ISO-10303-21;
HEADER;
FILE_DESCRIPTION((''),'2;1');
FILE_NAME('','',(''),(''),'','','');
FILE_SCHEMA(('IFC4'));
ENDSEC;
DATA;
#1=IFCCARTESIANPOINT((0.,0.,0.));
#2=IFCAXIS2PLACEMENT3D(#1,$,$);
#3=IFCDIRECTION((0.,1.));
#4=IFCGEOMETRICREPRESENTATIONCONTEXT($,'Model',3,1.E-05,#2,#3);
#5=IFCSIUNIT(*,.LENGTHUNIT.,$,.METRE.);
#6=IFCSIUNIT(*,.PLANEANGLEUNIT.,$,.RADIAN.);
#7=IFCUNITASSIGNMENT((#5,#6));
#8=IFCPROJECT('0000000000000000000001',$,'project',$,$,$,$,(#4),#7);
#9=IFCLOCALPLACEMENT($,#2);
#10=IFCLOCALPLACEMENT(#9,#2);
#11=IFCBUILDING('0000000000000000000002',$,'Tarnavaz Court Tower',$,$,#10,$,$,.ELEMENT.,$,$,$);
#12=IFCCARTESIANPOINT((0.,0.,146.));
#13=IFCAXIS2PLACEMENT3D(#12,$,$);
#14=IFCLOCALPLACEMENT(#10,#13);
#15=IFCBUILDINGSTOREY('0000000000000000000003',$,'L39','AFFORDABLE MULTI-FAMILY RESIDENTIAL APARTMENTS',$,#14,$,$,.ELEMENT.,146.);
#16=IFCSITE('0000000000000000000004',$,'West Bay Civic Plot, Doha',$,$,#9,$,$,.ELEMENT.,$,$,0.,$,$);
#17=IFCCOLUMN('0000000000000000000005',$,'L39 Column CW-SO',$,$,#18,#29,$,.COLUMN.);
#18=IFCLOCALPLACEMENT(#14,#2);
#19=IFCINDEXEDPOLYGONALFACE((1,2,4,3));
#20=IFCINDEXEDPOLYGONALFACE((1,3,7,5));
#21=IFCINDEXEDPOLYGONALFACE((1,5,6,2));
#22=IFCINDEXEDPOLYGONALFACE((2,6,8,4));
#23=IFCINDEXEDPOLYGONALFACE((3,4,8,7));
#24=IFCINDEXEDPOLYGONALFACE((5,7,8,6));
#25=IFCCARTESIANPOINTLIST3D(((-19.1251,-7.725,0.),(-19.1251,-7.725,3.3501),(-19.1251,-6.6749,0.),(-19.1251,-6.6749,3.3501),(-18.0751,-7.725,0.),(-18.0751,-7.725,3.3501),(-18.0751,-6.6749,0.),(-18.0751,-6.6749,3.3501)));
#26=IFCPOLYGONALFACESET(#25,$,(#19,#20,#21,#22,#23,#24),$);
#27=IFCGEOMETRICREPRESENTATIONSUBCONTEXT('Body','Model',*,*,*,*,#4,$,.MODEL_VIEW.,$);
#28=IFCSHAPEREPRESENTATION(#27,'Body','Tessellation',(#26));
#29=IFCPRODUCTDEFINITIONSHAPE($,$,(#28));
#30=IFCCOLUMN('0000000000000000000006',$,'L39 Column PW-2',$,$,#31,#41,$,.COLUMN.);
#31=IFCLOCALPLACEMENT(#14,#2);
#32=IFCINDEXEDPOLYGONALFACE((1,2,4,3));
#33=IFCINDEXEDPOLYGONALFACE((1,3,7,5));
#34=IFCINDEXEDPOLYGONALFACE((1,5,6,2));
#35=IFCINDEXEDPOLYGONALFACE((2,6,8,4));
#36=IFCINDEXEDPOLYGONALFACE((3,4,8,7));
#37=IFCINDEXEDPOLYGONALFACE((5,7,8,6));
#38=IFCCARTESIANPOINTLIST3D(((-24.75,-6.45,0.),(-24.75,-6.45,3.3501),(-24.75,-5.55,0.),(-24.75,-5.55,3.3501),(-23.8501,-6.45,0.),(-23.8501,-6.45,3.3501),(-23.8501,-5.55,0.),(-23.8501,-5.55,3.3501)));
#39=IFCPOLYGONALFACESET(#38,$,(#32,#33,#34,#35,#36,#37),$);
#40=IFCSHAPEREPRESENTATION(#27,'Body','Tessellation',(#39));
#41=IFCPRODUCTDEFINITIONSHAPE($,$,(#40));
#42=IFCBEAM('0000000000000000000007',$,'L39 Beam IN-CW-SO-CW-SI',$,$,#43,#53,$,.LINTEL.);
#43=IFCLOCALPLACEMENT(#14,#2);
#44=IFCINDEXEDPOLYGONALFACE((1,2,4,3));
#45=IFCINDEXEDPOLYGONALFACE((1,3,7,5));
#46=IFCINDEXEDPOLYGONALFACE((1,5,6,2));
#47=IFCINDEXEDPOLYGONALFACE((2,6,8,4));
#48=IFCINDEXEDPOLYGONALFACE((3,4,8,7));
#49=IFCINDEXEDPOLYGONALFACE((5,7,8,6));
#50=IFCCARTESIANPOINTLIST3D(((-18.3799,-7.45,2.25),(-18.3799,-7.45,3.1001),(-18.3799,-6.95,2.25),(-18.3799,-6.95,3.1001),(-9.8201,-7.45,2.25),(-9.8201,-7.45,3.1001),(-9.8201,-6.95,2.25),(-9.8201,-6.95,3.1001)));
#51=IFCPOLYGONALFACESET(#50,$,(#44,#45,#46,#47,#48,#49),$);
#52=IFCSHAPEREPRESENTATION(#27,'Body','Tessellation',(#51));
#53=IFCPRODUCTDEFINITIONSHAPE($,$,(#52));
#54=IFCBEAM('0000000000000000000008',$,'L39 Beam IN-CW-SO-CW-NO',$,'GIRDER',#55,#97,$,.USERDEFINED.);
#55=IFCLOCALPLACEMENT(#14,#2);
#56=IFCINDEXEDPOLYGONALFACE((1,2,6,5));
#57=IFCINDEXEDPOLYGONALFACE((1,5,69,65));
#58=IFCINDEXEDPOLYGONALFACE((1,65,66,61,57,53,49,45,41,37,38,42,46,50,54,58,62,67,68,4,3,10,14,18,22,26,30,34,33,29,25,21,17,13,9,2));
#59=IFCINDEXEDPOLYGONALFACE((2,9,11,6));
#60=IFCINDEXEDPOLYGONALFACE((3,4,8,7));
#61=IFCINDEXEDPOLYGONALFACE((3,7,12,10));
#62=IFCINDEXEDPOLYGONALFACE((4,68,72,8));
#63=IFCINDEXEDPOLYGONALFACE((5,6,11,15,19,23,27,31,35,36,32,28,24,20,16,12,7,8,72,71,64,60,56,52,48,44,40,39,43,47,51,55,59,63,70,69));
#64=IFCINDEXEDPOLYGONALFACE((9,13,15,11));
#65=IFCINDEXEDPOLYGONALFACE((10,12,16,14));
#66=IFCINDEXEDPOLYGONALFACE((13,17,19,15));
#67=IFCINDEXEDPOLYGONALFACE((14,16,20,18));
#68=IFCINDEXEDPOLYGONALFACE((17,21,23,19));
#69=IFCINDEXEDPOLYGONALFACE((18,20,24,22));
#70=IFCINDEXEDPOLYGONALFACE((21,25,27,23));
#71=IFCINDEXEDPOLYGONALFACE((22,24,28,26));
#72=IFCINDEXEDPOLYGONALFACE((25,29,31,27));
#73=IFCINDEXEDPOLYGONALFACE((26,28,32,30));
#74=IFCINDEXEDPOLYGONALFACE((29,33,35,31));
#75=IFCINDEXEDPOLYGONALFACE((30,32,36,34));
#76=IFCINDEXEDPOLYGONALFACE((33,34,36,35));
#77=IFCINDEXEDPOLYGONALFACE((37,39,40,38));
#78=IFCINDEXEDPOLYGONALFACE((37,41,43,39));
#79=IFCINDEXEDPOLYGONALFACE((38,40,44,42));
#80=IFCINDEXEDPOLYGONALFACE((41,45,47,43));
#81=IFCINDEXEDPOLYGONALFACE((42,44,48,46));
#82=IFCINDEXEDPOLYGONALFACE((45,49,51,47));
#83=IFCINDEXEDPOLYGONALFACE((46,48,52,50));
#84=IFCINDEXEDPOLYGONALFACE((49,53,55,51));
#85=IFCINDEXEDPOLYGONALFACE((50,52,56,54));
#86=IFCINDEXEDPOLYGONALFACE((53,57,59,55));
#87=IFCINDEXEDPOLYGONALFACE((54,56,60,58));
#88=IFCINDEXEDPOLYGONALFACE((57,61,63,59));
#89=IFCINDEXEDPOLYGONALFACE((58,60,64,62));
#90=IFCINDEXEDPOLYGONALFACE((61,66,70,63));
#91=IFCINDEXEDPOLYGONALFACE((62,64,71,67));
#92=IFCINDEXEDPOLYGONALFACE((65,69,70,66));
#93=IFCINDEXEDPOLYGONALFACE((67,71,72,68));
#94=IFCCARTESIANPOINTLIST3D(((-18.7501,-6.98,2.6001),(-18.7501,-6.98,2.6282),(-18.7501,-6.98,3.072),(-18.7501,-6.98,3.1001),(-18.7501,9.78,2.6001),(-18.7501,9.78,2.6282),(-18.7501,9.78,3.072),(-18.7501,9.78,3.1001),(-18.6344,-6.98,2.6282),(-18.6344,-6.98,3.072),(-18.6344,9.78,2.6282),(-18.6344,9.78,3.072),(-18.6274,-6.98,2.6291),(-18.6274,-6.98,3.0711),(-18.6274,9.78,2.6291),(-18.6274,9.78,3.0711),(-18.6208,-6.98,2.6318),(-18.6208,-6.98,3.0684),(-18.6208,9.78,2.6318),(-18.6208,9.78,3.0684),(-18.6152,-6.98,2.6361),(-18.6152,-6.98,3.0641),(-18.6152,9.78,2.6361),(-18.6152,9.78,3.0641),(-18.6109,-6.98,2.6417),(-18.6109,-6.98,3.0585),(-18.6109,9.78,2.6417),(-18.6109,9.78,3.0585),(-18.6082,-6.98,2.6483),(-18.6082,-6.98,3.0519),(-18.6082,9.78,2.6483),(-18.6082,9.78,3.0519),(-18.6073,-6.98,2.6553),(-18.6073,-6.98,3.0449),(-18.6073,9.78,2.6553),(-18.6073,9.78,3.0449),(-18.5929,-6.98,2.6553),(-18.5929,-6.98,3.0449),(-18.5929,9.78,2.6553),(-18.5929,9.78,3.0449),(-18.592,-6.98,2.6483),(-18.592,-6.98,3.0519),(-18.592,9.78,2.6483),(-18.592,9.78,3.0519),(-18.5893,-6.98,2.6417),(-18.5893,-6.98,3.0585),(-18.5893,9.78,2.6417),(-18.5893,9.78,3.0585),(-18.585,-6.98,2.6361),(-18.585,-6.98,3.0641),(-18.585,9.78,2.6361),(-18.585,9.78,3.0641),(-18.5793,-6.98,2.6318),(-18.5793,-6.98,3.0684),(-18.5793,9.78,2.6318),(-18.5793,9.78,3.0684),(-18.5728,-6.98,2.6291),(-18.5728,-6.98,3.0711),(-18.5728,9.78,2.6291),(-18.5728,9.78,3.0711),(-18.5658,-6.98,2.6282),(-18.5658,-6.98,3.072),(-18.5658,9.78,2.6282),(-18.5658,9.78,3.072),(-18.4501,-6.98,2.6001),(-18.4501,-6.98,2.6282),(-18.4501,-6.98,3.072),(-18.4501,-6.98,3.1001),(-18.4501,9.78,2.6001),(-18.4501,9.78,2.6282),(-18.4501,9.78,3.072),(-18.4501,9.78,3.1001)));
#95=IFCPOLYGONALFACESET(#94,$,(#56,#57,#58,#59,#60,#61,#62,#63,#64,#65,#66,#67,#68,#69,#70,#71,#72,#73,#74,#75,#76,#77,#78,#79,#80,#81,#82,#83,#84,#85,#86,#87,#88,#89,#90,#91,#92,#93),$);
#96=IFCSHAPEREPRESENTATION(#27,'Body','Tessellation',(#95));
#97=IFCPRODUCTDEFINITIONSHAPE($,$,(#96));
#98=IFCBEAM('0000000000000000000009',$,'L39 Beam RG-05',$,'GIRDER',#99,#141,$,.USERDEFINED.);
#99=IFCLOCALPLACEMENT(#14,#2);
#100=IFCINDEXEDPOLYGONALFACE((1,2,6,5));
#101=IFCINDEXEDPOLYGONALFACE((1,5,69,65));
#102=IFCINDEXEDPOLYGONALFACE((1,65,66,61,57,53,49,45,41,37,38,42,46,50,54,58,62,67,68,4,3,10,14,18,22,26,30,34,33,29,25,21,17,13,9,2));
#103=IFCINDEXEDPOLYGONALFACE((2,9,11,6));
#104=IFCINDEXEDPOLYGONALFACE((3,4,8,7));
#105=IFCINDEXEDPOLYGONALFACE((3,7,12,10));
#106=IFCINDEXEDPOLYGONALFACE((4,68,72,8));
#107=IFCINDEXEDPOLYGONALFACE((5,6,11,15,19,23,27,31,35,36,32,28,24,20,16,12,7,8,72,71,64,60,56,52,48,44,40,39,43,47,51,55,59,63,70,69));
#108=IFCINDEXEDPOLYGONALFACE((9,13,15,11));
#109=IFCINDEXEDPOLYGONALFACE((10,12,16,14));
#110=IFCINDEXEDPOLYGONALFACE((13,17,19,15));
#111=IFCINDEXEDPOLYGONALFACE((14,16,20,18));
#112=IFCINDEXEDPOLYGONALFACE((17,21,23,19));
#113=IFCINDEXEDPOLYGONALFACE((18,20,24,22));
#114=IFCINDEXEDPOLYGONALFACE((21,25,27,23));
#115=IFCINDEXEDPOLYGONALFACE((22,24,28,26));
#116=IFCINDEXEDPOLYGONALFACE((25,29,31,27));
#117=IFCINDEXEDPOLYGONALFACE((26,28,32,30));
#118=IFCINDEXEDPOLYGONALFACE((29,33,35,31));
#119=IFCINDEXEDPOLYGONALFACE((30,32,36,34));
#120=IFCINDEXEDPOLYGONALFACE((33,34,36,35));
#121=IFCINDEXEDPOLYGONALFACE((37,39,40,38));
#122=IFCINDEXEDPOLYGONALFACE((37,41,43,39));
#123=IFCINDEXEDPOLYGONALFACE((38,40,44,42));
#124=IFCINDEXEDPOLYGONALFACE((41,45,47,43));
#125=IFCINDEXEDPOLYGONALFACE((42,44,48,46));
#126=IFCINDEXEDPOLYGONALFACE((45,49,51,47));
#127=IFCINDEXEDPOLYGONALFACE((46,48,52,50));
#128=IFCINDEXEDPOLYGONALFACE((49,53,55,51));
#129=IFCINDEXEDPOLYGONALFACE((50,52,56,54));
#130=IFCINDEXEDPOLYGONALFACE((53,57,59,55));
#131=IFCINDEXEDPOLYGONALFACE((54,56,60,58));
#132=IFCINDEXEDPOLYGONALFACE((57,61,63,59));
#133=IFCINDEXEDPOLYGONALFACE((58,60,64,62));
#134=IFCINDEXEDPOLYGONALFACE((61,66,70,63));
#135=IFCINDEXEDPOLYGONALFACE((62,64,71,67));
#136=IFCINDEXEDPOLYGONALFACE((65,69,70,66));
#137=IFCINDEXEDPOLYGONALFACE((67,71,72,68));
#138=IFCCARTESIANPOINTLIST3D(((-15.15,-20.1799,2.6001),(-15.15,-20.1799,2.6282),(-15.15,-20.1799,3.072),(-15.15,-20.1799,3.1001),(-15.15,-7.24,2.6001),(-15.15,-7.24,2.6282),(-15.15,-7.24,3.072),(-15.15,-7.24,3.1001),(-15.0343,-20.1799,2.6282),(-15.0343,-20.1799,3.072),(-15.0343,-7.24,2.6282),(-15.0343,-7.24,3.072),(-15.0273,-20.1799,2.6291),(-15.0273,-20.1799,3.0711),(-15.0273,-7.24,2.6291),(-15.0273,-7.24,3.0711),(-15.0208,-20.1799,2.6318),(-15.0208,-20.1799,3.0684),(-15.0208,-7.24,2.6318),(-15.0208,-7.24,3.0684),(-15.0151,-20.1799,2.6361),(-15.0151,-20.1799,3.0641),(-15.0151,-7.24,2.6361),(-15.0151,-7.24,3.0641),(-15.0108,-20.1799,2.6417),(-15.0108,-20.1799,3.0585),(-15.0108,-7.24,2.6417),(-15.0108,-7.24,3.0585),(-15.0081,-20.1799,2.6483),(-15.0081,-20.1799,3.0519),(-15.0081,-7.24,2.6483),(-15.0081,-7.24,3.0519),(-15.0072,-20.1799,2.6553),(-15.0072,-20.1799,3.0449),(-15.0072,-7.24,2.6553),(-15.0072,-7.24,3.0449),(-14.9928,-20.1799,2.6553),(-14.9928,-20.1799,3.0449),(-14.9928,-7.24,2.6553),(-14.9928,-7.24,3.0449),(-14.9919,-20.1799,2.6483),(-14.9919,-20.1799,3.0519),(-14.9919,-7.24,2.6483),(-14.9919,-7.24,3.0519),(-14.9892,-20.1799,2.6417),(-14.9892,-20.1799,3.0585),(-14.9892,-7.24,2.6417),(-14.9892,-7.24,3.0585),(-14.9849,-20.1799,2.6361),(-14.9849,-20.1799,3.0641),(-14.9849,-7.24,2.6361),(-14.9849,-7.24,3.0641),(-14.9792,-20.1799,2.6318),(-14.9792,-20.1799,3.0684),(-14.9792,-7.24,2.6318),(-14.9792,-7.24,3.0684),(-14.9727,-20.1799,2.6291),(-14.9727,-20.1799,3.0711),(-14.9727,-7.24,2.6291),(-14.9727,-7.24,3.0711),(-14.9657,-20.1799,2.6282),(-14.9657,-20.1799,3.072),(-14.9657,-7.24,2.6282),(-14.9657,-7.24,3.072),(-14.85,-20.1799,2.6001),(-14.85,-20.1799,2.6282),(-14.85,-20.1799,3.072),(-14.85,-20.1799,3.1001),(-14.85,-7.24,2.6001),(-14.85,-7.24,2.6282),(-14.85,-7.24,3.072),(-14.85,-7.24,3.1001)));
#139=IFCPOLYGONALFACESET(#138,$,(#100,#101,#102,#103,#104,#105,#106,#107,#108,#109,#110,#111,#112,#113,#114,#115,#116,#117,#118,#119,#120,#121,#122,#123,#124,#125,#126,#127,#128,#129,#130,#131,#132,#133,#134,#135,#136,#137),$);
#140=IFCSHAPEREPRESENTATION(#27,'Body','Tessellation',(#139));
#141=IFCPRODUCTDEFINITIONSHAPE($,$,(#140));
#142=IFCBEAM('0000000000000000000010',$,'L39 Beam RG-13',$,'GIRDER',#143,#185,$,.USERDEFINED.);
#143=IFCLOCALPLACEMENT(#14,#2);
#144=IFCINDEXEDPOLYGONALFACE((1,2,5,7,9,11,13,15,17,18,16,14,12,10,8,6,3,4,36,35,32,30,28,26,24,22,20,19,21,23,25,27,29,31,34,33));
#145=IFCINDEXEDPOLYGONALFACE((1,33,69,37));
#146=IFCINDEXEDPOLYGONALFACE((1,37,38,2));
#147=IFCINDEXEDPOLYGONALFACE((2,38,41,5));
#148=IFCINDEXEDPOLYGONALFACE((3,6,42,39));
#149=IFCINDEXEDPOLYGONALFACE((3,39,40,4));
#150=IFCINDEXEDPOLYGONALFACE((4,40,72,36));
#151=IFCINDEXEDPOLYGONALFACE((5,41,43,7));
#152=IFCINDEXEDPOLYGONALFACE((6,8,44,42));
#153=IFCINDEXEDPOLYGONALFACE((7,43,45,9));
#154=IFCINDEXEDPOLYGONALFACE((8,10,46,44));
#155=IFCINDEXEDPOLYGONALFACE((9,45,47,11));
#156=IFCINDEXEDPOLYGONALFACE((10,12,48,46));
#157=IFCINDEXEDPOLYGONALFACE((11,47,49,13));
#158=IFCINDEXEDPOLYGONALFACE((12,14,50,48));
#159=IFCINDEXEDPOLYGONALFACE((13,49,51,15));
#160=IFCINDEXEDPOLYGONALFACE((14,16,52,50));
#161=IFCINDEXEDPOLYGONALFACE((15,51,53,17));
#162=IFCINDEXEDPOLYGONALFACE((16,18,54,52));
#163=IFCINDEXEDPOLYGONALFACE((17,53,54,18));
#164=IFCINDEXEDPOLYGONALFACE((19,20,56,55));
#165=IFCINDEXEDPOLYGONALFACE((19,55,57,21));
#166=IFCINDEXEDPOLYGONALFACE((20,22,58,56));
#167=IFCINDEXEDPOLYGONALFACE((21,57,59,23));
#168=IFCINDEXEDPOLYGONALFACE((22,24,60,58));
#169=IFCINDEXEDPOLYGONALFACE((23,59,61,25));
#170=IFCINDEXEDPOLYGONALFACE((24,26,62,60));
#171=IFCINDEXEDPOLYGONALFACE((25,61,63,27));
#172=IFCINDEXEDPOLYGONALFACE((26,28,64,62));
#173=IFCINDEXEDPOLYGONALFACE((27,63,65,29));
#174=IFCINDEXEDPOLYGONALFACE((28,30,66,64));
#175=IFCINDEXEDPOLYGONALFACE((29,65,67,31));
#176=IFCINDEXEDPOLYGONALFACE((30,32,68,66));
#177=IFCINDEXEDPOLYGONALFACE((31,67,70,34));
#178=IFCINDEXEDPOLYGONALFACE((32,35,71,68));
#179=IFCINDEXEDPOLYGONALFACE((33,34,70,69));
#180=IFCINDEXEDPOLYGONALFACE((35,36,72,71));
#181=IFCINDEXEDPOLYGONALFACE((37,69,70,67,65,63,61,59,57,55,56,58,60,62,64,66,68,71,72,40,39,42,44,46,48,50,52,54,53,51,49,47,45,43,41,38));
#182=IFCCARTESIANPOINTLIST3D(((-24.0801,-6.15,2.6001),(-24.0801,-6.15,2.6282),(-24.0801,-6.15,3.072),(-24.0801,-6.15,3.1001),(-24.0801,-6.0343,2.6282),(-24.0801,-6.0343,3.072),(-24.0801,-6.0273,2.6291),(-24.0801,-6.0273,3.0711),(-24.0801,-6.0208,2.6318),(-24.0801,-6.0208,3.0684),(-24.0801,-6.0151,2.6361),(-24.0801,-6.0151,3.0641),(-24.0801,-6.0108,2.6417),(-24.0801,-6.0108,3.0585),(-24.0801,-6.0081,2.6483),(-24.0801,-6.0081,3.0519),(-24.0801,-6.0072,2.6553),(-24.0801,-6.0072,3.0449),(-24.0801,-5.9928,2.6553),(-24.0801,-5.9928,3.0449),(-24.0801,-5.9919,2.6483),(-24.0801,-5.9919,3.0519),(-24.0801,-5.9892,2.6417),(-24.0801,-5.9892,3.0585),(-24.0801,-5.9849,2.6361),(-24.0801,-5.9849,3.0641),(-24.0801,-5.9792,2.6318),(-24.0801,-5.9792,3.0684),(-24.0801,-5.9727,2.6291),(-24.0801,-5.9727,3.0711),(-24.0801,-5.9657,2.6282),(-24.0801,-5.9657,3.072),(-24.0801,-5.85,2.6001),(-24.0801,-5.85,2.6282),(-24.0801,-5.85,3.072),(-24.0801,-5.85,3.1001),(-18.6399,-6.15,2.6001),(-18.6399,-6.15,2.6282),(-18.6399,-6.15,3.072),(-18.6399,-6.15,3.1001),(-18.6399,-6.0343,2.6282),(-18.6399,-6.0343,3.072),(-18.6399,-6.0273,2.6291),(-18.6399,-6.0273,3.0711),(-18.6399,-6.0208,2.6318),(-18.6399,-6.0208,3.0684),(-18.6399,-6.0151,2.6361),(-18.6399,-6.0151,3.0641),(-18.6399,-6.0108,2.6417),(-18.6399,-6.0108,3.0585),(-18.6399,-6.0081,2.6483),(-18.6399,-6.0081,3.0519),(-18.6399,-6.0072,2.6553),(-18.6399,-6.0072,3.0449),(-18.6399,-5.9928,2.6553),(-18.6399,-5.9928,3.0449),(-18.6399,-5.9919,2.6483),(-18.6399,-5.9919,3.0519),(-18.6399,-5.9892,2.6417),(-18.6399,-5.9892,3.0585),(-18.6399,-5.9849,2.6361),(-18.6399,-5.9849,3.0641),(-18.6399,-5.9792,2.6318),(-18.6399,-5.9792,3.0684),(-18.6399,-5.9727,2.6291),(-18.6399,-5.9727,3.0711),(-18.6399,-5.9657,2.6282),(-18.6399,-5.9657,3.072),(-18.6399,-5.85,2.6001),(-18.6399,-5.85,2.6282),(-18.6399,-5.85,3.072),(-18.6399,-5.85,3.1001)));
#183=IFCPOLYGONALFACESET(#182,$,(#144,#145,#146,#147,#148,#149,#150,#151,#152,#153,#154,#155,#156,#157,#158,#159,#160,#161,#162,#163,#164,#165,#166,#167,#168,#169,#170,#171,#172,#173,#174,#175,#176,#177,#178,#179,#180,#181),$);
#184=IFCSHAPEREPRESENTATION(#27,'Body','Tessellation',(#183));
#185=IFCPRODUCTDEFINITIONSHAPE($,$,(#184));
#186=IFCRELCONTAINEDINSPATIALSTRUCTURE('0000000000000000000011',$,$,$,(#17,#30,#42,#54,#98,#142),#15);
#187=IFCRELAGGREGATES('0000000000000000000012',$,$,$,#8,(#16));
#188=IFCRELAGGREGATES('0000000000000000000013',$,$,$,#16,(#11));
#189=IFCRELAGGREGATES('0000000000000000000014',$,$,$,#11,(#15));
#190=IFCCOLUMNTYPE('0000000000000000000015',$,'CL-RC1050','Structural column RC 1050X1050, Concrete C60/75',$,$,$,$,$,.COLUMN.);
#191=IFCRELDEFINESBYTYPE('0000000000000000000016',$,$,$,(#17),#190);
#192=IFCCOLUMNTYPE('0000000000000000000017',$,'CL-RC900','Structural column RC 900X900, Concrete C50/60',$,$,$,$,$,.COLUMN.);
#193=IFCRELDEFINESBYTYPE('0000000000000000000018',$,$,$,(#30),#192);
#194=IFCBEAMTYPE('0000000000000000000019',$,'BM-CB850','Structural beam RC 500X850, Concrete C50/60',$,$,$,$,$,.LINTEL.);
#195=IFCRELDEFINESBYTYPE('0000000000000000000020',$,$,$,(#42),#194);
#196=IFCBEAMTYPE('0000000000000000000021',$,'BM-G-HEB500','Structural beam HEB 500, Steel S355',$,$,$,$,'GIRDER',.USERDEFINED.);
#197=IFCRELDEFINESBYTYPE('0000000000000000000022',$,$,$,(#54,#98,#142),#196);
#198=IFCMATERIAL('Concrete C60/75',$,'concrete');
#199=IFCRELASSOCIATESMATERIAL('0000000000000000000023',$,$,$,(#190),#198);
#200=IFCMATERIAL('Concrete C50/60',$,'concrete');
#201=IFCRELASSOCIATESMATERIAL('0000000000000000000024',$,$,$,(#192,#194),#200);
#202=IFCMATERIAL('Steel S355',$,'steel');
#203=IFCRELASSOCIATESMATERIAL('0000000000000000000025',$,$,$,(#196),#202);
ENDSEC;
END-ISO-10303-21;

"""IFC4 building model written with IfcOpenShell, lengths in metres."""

from ifc_helpers import new_model, si_unit, direction, frame, origin, origin_2d, place, context, subcontext, project, spatial, rectangle, i_section, extrude, material, material_profile, profile_set, type_object, element, save


model = new_model("IFC4")

# Units and contexts
model_context = context("Model", 3, precision=1e-05, world=origin(), true_north=direction((0.0, 1.0)))
body_context = subcontext(model_context, "Body", "Model", "MODEL_VIEW")
ifc_project = project(units=[si_unit("LENGTHUNIT", "METRE"), si_unit("PLANEANGLEUNIT", "RADIAN")], contexts=[model_context])

# Site, building, storey
site_placement = place(None, origin())
site = spatial("IfcSite", under=ifc_project, at=site_placement, Name="West Bay Civic Plot, Doha", CompositionType="ELEMENT", RefElevation=0.0)
building_placement = place(site_placement, origin())
building = spatial("IfcBuilding", under=site, at=building_placement, Name="Tarnavaz Court Tower", CompositionType="ELEMENT")
storey_placement = place(building_placement, frame((0.0, 0.0, 146.0)))
storey = spatial("IfcBuildingStorey", under=building, at=storey_placement, Name="L39", Description="AFFORDABLE MULTI-FAMILY RESIDENTIAL APARTMENTS", CompositionType="ELEMENT", Elevation=146.0)

# Columns
ifc_material_1 = material(Name="Concrete C60/75", Category="concrete")
ifc_material_profile_1 = material_profile(ifc_material_1, rectangle(XDim=1.05, YDim=1.05, at=origin_2d()), Name="RC 1050X1050")
ifc_profile_set_1 = profile_set([ifc_material_profile_1], Name="Concrete C60/75")
column_type_1 = type_object("IfcColumnType", Name="CL-RC1050", Description="Structural column RC 1050X1050, Concrete C60/75", PredefinedType="COLUMN", material=ifc_profile_set_1)
column_1_placement = place(storey_placement, frame((-18.6001, -7.2, 0.0), z_axis=(0.0, 0.0, 1.0), x_axis=(1.0, 0.0, 0.0)))
element("IfcColumn", 1, at=column_1_placement, inside=storey, type_object=column_type_1, Name="L39 Column CW-SO", PredefinedType="COLUMN", context=body_context, shape_type="SweptSolid", body=[
    extrude(rectangle(XDim=1.05, YDim=1.05, at=origin_2d()), origin(), (0.0, 0.0, 1.0), 3.3501),
])
ifc_material_2 = material(Name="Concrete C50/60", Category="concrete")
ifc_material_profile_2 = material_profile(ifc_material_2, rectangle(XDim=0.8999, YDim=0.8999, at=origin_2d()), Name="RC 900X900")
ifc_profile_set_2 = profile_set([ifc_material_profile_2], Name="Concrete C50/60")
column_type_2 = type_object("IfcColumnType", Name="CL-RC900", Description="Structural column RC 900X900, Concrete C50/60", PredefinedType="COLUMN", material=ifc_profile_set_2)
column_2_placement = place(storey_placement, frame((-24.3, -6.0, 0.0), z_axis=(0.0, 0.0, 1.0), x_axis=(1.0, 0.0, 0.0)))
element("IfcColumn", 2, at=column_2_placement, inside=storey, type_object=column_type_2, Name="L39 Column PW-2", PredefinedType="COLUMN", context=body_context, shape_type="SweptSolid", body=[
    extrude(rectangle(XDim=0.8999, YDim=0.8999, at=origin_2d()), origin(), (0.0, 0.0, 1.0), 3.3501),
])

# Beams
ifc_material_profile_3 = material_profile(ifc_material_2, rectangle(XDim=0.5, YDim=0.8501, at=origin_2d()), Name="RC 500X850")
ifc_profile_set_3 = profile_set([ifc_material_profile_3], Name="Concrete C50/60")
beam_type_1 = type_object("IfcBeamType", Name="BM-CB850", Description="Structural beam RC 500X850, Concrete C50/60", PredefinedType="LINTEL", material=ifc_profile_set_3)
beam_1_placement = place(storey_placement, frame((-18.3799, -7.2, 2.675), z_axis=(1.0, 0.0, 0.0), x_axis=(0.0, 1.0, 0.0)))
element("IfcBeam", 3, at=beam_1_placement, inside=storey, type_object=beam_type_1, Name="L39 Beam IN-CW-SO-CW-SI", PredefinedType="LINTEL", context=body_context, shape_type="SweptSolid", body=[
    extrude(rectangle(XDim=0.5, YDim=0.8501, at=origin_2d()), origin(), (0.0, 0.0, 1.0), 8.5598),
])
ifc_material_3 = material(Name="Steel S355", Category="steel")
ifc_material_profile_4 = material_profile(ifc_material_3, i_section(OverallWidth=0.3, OverallDepth=0.5, WebThickness=0.0144, FlangeThickness=0.0281, FilletRadius=0.0271, at=origin_2d()), Name="HEB 500")
ifc_profile_set_4 = profile_set([ifc_material_profile_4], Name="Steel S355")
beam_type_2 = type_object("IfcBeamType", Name="BM-G-HEB500", Description="Structural beam HEB 500, Steel S355", ElementType="GIRDER", PredefinedType="USERDEFINED", material=ifc_profile_set_4)
beam_2_placement = place(storey_placement, frame((-18.6001, -6.98, 2.8501), z_axis=(0.0, 1.0, 0.0), x_axis=(-1.0, 0.0, 0.0)))
element("IfcBeam", 4, at=beam_2_placement, inside=storey, type_object=beam_type_2, Name="L39 Beam IN-CW-SO-CW-NO", ObjectType="GIRDER", PredefinedType="USERDEFINED", context=body_context, shape_type="SweptSolid", body=[
    extrude(i_section(OverallWidth=0.3, OverallDepth=0.5, WebThickness=0.0144, FlangeThickness=0.0281, FilletRadius=0.0271, at=origin_2d()), origin(), (0.0, 0.0, 1.0), 16.76),
])
beam_3_placement = place(storey_placement, frame((-15.0, -7.24, 2.8501), z_axis=(0.0, -1.0, 0.0), x_axis=(1.0, 0.0, 0.0)))
element("IfcBeam", 5, at=beam_3_placement, inside=storey, type_object=beam_type_2, Name="L39 Beam RG-05", ObjectType="GIRDER", PredefinedType="USERDEFINED", context=body_context, shape_type="SweptSolid", body=[
    extrude(i_section(OverallWidth=0.3, OverallDepth=0.5, WebThickness=0.0144, FlangeThickness=0.0281, FilletRadius=0.0271, at=origin_2d()), origin(), (0.0, 0.0, 1.0), 12.9399),
])
beam_4_placement = place(storey_placement, frame((-18.6399, -6.0, 2.8501), z_axis=(-1.0, 0.0, 0.0), x_axis=(0.0, -1.0, 0.0)))
element("IfcBeam", 6, at=beam_4_placement, inside=storey, type_object=beam_type_2, Name="L39 Beam RG-13", ObjectType="GIRDER", PredefinedType="USERDEFINED", context=body_context, shape_type="SweptSolid", body=[
    extrude(i_section(OverallWidth=0.3, OverallDepth=0.5, WebThickness=0.0144, FlangeThickness=0.0281, FilletRadius=0.0271, at=origin_2d()), origin(), (0.0, 0.0, 1.0), 5.4402),
])

save(model, "model.ifc")
